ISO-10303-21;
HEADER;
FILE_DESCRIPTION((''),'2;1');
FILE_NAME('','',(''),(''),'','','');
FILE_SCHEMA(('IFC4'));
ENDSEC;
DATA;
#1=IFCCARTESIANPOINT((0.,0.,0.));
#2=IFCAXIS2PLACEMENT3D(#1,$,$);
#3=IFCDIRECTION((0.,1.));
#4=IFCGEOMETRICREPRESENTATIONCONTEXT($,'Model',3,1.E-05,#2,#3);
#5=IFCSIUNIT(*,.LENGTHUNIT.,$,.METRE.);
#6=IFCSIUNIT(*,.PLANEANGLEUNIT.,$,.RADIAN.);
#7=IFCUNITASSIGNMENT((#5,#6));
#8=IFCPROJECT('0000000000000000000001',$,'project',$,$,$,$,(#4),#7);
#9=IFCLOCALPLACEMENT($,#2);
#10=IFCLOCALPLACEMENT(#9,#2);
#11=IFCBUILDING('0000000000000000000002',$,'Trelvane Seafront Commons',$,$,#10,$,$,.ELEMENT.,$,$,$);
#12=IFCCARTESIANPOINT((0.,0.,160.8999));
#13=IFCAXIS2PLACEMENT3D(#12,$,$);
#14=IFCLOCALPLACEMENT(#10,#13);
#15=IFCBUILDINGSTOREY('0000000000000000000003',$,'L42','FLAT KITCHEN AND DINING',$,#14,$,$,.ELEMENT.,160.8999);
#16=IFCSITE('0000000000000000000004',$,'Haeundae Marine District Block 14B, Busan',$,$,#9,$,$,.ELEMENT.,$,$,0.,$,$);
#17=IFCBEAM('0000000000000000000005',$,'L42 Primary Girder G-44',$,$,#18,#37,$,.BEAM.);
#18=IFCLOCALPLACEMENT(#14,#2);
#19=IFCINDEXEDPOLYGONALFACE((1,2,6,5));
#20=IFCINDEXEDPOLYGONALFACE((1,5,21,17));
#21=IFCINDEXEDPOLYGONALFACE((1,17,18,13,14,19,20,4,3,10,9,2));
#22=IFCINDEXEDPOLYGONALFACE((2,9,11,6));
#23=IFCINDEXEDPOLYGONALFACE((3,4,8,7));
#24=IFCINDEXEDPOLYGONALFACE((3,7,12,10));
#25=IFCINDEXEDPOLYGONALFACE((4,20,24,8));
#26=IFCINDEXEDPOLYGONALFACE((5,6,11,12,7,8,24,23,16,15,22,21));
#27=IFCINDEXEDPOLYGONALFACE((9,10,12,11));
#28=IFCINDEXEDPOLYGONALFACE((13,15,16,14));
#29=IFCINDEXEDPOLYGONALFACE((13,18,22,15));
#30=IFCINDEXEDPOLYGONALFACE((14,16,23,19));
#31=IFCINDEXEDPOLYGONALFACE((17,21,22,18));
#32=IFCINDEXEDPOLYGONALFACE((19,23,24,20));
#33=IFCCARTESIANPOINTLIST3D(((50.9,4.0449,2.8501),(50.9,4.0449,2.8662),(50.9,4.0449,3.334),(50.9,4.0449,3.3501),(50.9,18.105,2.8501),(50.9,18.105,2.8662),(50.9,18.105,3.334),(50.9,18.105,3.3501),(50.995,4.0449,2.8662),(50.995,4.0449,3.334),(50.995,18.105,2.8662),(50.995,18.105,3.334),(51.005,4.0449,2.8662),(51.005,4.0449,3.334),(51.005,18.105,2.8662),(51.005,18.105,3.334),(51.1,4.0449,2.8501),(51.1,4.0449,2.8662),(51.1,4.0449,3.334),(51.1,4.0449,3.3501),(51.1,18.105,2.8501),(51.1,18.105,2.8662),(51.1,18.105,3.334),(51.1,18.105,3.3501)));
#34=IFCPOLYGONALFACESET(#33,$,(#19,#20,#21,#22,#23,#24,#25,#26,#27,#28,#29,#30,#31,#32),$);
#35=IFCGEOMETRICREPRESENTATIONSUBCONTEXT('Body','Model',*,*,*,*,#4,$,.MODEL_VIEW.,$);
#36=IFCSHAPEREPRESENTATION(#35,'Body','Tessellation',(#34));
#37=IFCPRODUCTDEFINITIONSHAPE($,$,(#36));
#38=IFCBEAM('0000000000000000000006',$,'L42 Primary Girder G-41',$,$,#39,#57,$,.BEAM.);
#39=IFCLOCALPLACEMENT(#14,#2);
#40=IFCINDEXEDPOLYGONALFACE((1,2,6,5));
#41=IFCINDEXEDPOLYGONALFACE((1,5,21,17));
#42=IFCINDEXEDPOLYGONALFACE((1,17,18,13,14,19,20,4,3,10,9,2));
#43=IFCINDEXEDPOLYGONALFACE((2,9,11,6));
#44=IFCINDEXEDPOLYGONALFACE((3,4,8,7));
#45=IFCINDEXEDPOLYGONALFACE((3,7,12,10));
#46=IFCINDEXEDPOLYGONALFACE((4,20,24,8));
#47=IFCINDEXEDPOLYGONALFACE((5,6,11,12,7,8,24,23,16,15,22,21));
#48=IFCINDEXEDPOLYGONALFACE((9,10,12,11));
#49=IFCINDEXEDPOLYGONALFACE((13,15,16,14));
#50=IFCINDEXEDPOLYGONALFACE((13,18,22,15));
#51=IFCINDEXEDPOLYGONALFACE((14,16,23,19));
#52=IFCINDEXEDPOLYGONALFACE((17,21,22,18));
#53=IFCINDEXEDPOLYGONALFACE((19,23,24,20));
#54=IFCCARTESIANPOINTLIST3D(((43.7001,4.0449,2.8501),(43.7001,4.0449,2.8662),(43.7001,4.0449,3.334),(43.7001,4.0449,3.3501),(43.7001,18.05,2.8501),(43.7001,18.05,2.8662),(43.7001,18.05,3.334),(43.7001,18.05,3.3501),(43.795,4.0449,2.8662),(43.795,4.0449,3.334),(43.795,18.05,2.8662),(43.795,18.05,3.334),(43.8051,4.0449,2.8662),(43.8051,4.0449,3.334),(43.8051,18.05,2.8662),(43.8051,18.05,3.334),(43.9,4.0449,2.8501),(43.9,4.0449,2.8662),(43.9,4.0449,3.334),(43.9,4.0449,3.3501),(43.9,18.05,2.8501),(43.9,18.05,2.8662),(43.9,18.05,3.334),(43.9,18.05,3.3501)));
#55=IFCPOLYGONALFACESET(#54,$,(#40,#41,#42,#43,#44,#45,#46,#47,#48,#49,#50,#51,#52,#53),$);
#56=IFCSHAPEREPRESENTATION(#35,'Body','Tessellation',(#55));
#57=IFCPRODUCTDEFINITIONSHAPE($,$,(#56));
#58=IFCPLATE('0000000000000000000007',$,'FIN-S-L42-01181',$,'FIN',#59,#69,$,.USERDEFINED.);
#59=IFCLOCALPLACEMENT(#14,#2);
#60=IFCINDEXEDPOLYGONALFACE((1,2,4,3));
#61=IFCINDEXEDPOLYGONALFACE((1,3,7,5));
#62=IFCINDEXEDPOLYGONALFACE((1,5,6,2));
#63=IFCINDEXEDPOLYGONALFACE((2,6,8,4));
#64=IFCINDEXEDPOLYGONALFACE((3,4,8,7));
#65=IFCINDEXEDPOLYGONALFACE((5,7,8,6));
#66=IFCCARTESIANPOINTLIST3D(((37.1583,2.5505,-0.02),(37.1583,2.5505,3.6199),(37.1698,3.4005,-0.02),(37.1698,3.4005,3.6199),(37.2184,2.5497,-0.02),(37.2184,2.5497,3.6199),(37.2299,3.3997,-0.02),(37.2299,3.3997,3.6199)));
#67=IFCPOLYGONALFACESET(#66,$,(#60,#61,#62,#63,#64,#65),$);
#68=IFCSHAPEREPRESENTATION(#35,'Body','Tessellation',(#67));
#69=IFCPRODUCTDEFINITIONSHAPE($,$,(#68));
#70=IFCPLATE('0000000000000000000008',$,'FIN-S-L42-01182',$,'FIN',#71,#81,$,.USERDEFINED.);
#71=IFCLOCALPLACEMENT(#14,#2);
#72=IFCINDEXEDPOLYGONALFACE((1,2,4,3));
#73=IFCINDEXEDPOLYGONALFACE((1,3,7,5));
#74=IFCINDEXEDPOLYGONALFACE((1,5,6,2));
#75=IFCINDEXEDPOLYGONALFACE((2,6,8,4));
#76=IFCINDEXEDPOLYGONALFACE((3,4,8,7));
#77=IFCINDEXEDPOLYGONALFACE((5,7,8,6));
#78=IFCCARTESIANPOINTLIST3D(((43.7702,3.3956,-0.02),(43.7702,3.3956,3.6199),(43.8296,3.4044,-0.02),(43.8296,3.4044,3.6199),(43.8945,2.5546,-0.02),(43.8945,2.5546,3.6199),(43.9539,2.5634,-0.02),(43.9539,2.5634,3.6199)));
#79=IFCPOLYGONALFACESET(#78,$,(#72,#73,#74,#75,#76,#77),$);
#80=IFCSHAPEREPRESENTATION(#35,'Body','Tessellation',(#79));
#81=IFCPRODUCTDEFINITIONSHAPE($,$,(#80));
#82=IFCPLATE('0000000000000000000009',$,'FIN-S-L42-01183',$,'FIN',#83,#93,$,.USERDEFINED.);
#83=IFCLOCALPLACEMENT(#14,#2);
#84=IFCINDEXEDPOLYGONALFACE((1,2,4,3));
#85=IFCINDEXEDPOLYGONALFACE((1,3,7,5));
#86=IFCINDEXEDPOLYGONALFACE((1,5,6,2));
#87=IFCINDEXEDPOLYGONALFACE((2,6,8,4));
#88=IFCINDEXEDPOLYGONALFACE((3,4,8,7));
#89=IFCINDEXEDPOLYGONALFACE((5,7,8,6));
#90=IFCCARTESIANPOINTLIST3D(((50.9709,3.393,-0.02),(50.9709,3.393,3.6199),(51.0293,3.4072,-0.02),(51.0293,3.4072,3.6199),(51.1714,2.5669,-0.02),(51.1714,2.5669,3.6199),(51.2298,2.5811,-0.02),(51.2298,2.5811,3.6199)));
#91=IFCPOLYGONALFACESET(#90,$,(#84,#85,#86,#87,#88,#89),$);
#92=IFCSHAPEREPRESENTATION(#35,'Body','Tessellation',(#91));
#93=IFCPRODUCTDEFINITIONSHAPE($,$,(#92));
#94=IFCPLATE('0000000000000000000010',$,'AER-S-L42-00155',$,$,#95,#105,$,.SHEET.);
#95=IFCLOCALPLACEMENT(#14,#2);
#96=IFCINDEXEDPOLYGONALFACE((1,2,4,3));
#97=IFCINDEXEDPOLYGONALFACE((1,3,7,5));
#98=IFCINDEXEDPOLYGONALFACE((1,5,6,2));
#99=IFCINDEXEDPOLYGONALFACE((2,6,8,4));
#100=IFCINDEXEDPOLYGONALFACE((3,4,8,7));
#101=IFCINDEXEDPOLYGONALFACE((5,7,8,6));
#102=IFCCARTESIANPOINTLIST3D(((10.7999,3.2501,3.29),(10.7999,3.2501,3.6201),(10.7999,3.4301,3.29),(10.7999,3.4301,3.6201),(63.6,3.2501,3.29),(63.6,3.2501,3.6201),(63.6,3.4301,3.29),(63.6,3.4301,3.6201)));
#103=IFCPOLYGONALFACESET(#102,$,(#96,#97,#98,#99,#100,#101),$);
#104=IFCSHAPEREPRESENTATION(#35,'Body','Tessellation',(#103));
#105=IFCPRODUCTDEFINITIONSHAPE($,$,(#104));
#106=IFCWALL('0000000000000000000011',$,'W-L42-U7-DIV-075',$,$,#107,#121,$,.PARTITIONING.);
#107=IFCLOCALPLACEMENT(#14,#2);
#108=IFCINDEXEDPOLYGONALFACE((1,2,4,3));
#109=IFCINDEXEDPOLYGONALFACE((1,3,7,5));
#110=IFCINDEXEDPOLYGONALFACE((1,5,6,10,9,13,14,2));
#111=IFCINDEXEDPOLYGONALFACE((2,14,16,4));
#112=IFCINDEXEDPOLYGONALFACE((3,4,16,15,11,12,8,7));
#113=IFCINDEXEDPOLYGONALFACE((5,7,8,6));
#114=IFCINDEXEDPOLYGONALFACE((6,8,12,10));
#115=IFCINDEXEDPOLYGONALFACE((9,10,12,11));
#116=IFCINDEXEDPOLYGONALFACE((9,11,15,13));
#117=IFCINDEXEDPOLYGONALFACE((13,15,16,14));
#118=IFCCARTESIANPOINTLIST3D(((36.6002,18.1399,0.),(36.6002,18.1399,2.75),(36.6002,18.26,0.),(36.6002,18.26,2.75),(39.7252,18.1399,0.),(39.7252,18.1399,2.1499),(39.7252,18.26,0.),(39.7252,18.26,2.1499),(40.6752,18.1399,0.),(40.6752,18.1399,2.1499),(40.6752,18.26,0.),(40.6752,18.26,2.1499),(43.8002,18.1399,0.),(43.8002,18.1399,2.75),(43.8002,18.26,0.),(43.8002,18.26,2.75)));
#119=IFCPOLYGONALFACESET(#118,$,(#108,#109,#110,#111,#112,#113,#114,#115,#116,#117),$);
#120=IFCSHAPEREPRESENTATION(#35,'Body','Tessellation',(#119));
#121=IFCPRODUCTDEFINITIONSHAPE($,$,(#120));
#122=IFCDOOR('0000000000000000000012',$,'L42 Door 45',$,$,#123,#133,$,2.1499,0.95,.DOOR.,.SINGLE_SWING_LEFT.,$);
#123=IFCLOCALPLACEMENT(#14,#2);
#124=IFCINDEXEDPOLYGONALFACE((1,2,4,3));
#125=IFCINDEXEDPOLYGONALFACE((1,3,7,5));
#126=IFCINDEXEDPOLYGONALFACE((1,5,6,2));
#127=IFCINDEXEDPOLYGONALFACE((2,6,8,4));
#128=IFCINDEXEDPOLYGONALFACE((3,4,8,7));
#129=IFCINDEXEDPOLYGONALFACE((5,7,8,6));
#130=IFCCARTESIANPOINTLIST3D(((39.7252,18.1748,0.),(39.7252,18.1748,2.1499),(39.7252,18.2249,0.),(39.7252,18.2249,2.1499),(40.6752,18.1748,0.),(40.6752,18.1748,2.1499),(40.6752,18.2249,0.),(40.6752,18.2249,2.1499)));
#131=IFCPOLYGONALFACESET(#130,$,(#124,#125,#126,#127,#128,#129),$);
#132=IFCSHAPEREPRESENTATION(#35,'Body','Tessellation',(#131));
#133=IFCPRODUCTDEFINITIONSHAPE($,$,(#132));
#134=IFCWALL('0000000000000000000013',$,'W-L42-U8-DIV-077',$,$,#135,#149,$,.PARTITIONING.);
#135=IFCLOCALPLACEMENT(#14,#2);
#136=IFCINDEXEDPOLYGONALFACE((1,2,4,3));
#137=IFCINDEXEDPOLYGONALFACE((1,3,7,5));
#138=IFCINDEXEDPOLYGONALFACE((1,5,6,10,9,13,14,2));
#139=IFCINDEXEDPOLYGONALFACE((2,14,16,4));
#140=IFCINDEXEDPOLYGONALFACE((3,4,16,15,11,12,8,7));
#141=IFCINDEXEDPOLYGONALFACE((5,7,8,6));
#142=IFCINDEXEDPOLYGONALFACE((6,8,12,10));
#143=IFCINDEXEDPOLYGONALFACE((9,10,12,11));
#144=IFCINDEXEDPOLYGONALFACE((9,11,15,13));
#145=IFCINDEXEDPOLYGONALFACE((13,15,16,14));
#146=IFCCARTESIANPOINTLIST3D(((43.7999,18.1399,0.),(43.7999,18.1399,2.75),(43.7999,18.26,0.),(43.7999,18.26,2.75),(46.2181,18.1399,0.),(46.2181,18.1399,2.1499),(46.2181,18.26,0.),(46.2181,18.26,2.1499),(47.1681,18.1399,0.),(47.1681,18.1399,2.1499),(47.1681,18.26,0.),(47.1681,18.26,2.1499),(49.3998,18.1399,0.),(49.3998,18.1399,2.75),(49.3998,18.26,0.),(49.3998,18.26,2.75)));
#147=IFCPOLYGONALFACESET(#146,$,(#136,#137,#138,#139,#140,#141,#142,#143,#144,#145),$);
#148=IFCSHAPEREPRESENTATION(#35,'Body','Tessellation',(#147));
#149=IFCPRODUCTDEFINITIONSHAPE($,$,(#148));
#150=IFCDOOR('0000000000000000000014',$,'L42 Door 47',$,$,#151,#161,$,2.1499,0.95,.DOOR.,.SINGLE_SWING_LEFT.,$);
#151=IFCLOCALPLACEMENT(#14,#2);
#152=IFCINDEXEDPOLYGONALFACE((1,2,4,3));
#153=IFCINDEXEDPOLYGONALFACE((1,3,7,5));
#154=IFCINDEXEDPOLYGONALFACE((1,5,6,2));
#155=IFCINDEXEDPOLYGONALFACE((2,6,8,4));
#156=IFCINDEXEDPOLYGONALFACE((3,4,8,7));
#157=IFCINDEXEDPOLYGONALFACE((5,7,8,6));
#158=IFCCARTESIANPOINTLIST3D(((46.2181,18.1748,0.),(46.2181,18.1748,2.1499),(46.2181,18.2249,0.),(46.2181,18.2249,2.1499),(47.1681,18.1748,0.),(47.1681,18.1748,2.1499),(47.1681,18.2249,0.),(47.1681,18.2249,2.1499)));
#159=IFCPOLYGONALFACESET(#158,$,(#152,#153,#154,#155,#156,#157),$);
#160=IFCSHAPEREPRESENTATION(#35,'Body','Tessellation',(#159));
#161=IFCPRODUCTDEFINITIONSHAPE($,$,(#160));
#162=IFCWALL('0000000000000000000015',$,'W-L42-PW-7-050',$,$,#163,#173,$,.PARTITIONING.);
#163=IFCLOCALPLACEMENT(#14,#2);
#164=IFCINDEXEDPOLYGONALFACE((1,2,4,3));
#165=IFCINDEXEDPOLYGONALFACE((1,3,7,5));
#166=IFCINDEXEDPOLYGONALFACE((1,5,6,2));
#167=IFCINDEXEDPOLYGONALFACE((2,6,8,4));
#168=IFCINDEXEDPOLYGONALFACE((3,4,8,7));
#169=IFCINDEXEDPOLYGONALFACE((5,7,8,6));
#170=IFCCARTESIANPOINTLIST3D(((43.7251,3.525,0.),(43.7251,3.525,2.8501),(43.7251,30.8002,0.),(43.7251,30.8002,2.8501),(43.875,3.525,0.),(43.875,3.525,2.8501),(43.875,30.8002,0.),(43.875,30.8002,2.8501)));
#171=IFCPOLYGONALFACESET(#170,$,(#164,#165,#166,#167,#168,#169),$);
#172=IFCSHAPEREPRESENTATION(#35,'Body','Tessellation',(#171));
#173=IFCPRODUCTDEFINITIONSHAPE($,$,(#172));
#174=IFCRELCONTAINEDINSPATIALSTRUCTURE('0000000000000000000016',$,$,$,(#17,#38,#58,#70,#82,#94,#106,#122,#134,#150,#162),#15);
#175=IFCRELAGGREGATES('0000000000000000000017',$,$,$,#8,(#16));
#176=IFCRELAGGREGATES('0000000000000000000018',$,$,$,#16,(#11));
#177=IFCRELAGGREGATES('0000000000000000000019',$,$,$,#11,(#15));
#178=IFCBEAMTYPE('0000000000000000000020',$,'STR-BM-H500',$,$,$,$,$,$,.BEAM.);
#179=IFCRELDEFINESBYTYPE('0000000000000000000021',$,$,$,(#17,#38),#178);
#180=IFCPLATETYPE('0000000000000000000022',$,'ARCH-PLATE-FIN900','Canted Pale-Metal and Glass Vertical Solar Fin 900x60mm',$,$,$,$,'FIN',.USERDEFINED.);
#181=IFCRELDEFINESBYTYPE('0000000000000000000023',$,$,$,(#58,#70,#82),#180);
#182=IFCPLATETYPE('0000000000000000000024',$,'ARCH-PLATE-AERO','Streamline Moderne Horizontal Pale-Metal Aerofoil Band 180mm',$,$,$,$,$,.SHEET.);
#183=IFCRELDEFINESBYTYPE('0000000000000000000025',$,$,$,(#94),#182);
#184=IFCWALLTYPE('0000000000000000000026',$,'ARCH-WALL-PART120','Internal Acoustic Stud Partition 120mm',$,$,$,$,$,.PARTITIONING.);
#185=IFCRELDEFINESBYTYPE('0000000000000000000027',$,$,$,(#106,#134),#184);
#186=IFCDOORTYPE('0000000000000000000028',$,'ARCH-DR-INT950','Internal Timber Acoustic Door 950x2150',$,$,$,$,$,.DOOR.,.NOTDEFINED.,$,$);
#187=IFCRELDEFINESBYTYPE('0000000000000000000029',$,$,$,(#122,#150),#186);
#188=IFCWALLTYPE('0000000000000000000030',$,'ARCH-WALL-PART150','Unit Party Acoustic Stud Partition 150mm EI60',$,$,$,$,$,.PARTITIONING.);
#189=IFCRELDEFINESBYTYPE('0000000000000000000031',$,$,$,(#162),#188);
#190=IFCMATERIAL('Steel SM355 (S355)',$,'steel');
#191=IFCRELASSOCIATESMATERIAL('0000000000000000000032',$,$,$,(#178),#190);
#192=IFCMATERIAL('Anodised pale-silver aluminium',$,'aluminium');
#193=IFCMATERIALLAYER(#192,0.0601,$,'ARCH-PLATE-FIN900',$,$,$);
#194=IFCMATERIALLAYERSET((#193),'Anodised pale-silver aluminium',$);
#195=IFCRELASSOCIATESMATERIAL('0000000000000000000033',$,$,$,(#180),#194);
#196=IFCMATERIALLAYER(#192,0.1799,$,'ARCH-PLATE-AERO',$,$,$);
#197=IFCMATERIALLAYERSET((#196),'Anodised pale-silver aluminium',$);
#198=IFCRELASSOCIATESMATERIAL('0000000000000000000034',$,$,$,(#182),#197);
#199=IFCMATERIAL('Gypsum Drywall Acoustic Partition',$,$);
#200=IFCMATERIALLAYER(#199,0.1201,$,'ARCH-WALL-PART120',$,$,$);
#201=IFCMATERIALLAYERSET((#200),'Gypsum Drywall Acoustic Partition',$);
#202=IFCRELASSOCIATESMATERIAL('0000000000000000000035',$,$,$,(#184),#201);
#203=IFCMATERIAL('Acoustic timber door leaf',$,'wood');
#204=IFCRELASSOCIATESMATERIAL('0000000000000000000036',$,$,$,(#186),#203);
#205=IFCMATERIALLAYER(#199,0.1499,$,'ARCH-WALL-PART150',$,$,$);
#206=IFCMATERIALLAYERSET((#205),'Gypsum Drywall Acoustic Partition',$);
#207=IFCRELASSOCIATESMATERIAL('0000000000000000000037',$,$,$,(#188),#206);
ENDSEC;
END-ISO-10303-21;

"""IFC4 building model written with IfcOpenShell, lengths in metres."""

from ifc_helpers import new_model, si_unit, direction, frame, frame_2d, origin, origin_2d, place, context, subcontext, project, spatial, rectangle, i_section, extrude, source, transform, mapped, material, layer, layer_set, material_profile, profile_set, type_object, element, fill, save


model = new_model("IFC4")

# Units and contexts
model_context = context("Model", 3, precision=1e-05, world=origin(), true_north=direction((0.0, 1.0)))
body_context = subcontext(model_context, "Body", "Model", "MODEL_VIEW")
ifc_project = project(units=[si_unit("LENGTHUNIT", "METRE"), si_unit("PLANEANGLEUNIT", "RADIAN")], contexts=[model_context])

# Site, building, storey
site_placement = place(None, origin())
site = spatial("IfcSite", under=ifc_project, at=site_placement, Name="Haeundae Marine District Block 14B, Busan", CompositionType="ELEMENT", RefElevation=0.0)
building_placement = place(site_placement, origin())
building = spatial("IfcBuilding", under=site, at=building_placement, Name="Trelvane Seafront Commons", CompositionType="ELEMENT")
storey_placement = place(building_placement, frame((0.0, 0.0, 160.8999)))
storey = spatial("IfcBuildingStorey", under=building, at=storey_placement, Name="L42", Description="FLAT KITCHEN AND DINING", CompositionType="ELEMENT", Elevation=160.8999)

# Shared definitions
ifc_material_1 = material(Name="Steel SM355 (S355)", Category="steel")

# Beams
ifc_material_profile_1 = material_profile(ifc_material_1, i_section(OverallWidth=0.2, OverallDepth=0.5, WebThickness=0.01, FlangeThickness=0.0161, at=origin_2d()), Name="H-500x200x10x16")
ifc_profile_set_1 = profile_set([ifc_material_profile_1], Name="Steel SM355 (S355)")
beam_type_1 = type_object("IfcBeamType", Name="STR-BM-H500", PredefinedType="BEAM", material=ifc_profile_set_1)
shared_shape_1 = source(origin(), body_context, "Body", "SweptSolid", [
    extrude(i_section(OverallWidth=0.2, OverallDepth=0.5, WebThickness=0.01, FlangeThickness=0.0161, at=origin_2d()), origin(), (0.0, 0.0, 1.0), 14.0601),
])
beam_1_placement = place(storey_placement, frame((51.0, 4.0449, 3.1001), z_axis=(0.0, 1.0, 0.0), x_axis=(-1.0, 0.0, 0.0)))
element("IfcBeam", 1, at=beam_1_placement, inside=storey, type_object=beam_type_1, Name="L42 Primary Girder G-44", PredefinedType="BEAM", context=body_context, shape_type="MappedRepresentation", body=[
    mapped(shared_shape_1, transform((0.0, 0.0, 0.0), x_axis=(1.0, 0.0, 0.0), y_axis=(0.0, 1.0, 0.0), z_axis=(0.0, 0.0, 1.0), scale=1.0)),
])
shared_shape_2 = source(origin(), body_context, "Body", "SweptSolid", [
    extrude(i_section(OverallWidth=0.2, OverallDepth=0.5, WebThickness=0.01, FlangeThickness=0.0161, at=origin_2d()), origin(), (0.0, 0.0, 1.0), 14.0051),
])
beam_2_placement = place(storey_placement, frame((43.8, 4.0449, 3.1001), z_axis=(0.0, 1.0, 0.0), x_axis=(-1.0, 0.0, 0.0)))
element("IfcBeam", 2, at=beam_2_placement, inside=storey, type_object=beam_type_1, Name="L42 Primary Girder G-41", PredefinedType="BEAM", context=body_context, shape_type="MappedRepresentation", body=[
    mapped(shared_shape_2, transform((0.0, 0.0, 0.0), x_axis=(1.0, 0.0, 0.0), y_axis=(0.0, 1.0, 0.0), z_axis=(0.0, 0.0, 1.0), scale=1.0)),
])

# Plates
ifc_material_2 = material(Name="Anodised pale-silver aluminium", Category="aluminium")
ifc_layer_1 = layer(ifc_material_2, 0.0601, Name="ARCH-PLATE-FIN900")
ifc_layer_set_1 = layer_set([ifc_layer_1], Name="Anodised pale-silver aluminium")
plate_type_1 = type_object("IfcPlateType", Name="ARCH-PLATE-FIN900", Description="Canted Pale-Metal and Glass Vertical Solar Fin 900x60mm", ElementType="FIN", PredefinedType="USERDEFINED", material=ifc_layer_set_1)
shared_shape_3 = source(origin(), body_context, "Body", "SweptSolid", [
    extrude(rectangle(XDim=0.8501, YDim=0.0601, at=origin_2d()), origin(), (0.0, 0.0, 1.0), 3.6399),
])
for number, where, z_axis, x_axis, name in (
    (3, (37.1941, 2.9751, -0.02), (0.0, 0.0, 1.0), (-0.013529, -0.999908, 0.0), "FIN-S-L42-01181"),
    (4, (43.8621, 2.9795, -0.02), (0.0, 0.0, 1.0), (0.146228, -0.989251, 0.0), "FIN-S-L42-01182"),
    (5, (51.1003, 2.9871, -0.02), (0.0, 0.0, 1.0), (0.235887, -0.971781, 0.0), "FIN-S-L42-01183"),
):
    element("IfcPlate", number, at=place(storey_placement, frame(where, z_axis=z_axis, x_axis=x_axis)), inside=storey, type_object=plate_type_1, Name=name, ObjectType="FIN", PredefinedType="USERDEFINED", context=body_context, shape_type="MappedRepresentation", body=[
        mapped(shared_shape_3, transform((0.0, 0.0, 0.0), x_axis=(1.0, 0.0, 0.0), y_axis=(0.0, 1.0, 0.0), z_axis=(0.0, 0.0, 1.0), scale=1.0)),
    ])
ifc_layer_2 = layer(ifc_material_2, 0.1799, Name="ARCH-PLATE-AERO")
ifc_layer_set_2 = layer_set([ifc_layer_2], Name="Anodised pale-silver aluminium")
plate_type_2 = type_object("IfcPlateType", Name="ARCH-PLATE-AERO", Description="Streamline Moderne Horizontal Pale-Metal Aerofoil Band 180mm", PredefinedType="SHEET", material=ifc_layer_set_2)
shared_shape_4 = source(origin(), body_context, "Body", "SweptSolid", [
    extrude(rectangle(XDim=52.8, YDim=0.1799, at=origin_2d()), origin(), (0.0, 0.0, 1.0), 0.3301),
])
plate_placement = place(storey_placement, frame((37.2, 3.3401, 3.29), z_axis=(0.0, 0.0, 1.0), x_axis=(-1.0, 0.0, 0.0)))
element("IfcPlate", 6, at=plate_placement, inside=storey, type_object=plate_type_2, Name="AER-S-L42-00155", PredefinedType="SHEET", context=body_context, shape_type="MappedRepresentation", body=[
    mapped(shared_shape_4, transform((0.0, 0.0, 0.0), x_axis=(1.0, 0.0, 0.0), y_axis=(0.0, 1.0, 0.0), z_axis=(0.0, 0.0, 1.0), scale=1.0)),
])

# Walls, openings, doors
ifc_material_3 = material(Name="Gypsum Drywall Acoustic Partition")
ifc_layer_3 = layer(ifc_material_3, 0.1201, Name="ARCH-WALL-PART120")
ifc_layer_set_3 = layer_set([ifc_layer_3], Name="Gypsum Drywall Acoustic Partition")
wall_type_1 = type_object("IfcWallType", Name="ARCH-WALL-PART120", Description="Internal Acoustic Stud Partition 120mm", PredefinedType="PARTITIONING", material=ifc_layer_set_3)
wall_1_placement = place(storey_placement, frame((36.6001, 18.2, 0.0), z_axis=(0.0, 0.0, 1.0), x_axis=(1.0, 0.0, 0.0)))
wall_1 = element("IfcWall", 7, at=wall_1_placement, inside=storey, type_object=wall_type_1, Name="W-L42-U7-DIV-075", PredefinedType="PARTITIONING", context=body_context, shape_type="SweptSolid", body=[
    extrude(rectangle(XDim=7.2, YDim=0.1201, at=frame_2d((3.6001, 0.0))), origin(), (0.0, 0.0, 1.0), 2.75),
])
opening_1_placement = place(wall_1_placement, frame((3.125, 0.0, 0.0)))
opening_1 = element("IfcOpeningElement", 8, at=opening_1_placement, cuts=wall_1, PredefinedType="OPENING", context=body_context, shape_type="SweptSolid", body=[
    extrude(rectangle(XDim=0.95, YDim=2.1499, at=frame_2d((0.4751, 1.075))), frame((0.0, 0.0701, 0.0), z_axis=(0.0, -1.0, 0.0), x_axis=(1.0, 0.0, 0.0)), (0.0, 0.0, 1.0), 0.1401),
])
ifc_material_4 = material(Name="Acoustic timber door leaf", Category="wood")
door_type = type_object("IfcDoorType", Name="ARCH-DR-INT950", Description="Internal Timber Acoustic Door 950x2150", OperationType="NOTDEFINED", PredefinedType="DOOR", material=ifc_material_4)
shared_shape_5 = source(origin(), body_context, "Body", "SweptSolid", [
    extrude(rectangle(XDim=0.95, YDim=2.1499, at=frame_2d((0.4751, 1.075))), frame((0.0, 0.0249, 0.0), z_axis=(0.0, -1.0, 0.0), x_axis=(1.0, 0.0, 0.0)), (0.0, 0.0, 1.0), 0.05),
])
door_1_placement = place(opening_1_placement, origin())
door_1 = element("IfcDoor", 9, at=door_1_placement, inside=storey, type_object=door_type, Name="L42 Door 45", OperationType="SINGLE_SWING_LEFT", OverallHeight=2.1499, OverallWidth=0.95, PredefinedType="DOOR", context=body_context, shape_type="MappedRepresentation", body=[
    mapped(shared_shape_5, transform((0.0, 0.0, 0.0), x_axis=(1.0, 0.0, 0.0), y_axis=(0.0, 1.0, 0.0), z_axis=(0.0, 0.0, 1.0), scale=1.0)),
])
fill(opening_1, door_1)
wall_2_placement = place(storey_placement, frame((43.8, 18.2, 0.0), z_axis=(0.0, 0.0, 1.0), x_axis=(1.0, 0.0, 0.0)))
wall_2 = element("IfcWall", 10, at=wall_2_placement, inside=storey, type_object=wall_type_1, Name="W-L42-U8-DIV-077", PredefinedType="PARTITIONING", context=body_context, shape_type="SweptSolid", body=[
    extrude(rectangle(XDim=5.5999, YDim=0.1201, at=frame_2d((2.7998, 0.0))), origin(), (0.0, 0.0, 1.0), 2.75),
])
opening_2_placement = place(wall_2_placement, frame((2.418, 0.0, 0.0)))
opening_2 = element("IfcOpeningElement", 11, at=opening_2_placement, cuts=wall_2, PredefinedType="OPENING", context=body_context, shape_type="SweptSolid", body=[
    extrude(rectangle(XDim=0.95, YDim=2.1499, at=frame_2d((0.4751, 1.075))), frame((0.0, 0.0701, 0.0), z_axis=(0.0, -1.0, 0.0), x_axis=(1.0, 0.0, 0.0)), (0.0, 0.0, 1.0), 0.1401),
])
door_2_placement = place(opening_2_placement, origin())
door_2 = element("IfcDoor", 12, at=door_2_placement, inside=storey, type_object=door_type, Name="L42 Door 47", OperationType="SINGLE_SWING_LEFT", OverallHeight=2.1499, OverallWidth=0.95, PredefinedType="DOOR", context=body_context, shape_type="MappedRepresentation", body=[
    mapped(shared_shape_5, transform((0.0, 0.0, 0.0), x_axis=(1.0, 0.0, 0.0), y_axis=(0.0, 1.0, 0.0), z_axis=(0.0, 0.0, 1.0), scale=1.0)),
])
fill(opening_2, door_2)

# Wall
ifc_layer_4 = layer(ifc_material_3, 0.1499, Name="ARCH-WALL-PART150")
ifc_layer_set_4 = layer_set([ifc_layer_4], Name="Gypsum Drywall Acoustic Partition")
wall_type_2 = type_object("IfcWallType", Name="ARCH-WALL-PART150", Description="Unit Party Acoustic Stud Partition 150mm EI60", PredefinedType="PARTITIONING", material=ifc_layer_set_4)
wall_3_placement = place(storey_placement, frame((43.8, 3.5249, 0.0), z_axis=(0.0, 0.0, 1.0), x_axis=(0.0, 1.0, 0.0)))
element("IfcWall", 13, at=wall_3_placement, inside=storey, type_object=wall_type_2, Name="W-L42-PW-7-050", PredefinedType="PARTITIONING", context=body_context, shape_type="SweptSolid", body=[
    extrude(rectangle(XDim=27.2751, YDim=0.1499, at=frame_2d((13.6377, 0.0))), origin(), (0.0, 0.0, 1.0), 2.8501),
])

save(model, "model.ifc")
